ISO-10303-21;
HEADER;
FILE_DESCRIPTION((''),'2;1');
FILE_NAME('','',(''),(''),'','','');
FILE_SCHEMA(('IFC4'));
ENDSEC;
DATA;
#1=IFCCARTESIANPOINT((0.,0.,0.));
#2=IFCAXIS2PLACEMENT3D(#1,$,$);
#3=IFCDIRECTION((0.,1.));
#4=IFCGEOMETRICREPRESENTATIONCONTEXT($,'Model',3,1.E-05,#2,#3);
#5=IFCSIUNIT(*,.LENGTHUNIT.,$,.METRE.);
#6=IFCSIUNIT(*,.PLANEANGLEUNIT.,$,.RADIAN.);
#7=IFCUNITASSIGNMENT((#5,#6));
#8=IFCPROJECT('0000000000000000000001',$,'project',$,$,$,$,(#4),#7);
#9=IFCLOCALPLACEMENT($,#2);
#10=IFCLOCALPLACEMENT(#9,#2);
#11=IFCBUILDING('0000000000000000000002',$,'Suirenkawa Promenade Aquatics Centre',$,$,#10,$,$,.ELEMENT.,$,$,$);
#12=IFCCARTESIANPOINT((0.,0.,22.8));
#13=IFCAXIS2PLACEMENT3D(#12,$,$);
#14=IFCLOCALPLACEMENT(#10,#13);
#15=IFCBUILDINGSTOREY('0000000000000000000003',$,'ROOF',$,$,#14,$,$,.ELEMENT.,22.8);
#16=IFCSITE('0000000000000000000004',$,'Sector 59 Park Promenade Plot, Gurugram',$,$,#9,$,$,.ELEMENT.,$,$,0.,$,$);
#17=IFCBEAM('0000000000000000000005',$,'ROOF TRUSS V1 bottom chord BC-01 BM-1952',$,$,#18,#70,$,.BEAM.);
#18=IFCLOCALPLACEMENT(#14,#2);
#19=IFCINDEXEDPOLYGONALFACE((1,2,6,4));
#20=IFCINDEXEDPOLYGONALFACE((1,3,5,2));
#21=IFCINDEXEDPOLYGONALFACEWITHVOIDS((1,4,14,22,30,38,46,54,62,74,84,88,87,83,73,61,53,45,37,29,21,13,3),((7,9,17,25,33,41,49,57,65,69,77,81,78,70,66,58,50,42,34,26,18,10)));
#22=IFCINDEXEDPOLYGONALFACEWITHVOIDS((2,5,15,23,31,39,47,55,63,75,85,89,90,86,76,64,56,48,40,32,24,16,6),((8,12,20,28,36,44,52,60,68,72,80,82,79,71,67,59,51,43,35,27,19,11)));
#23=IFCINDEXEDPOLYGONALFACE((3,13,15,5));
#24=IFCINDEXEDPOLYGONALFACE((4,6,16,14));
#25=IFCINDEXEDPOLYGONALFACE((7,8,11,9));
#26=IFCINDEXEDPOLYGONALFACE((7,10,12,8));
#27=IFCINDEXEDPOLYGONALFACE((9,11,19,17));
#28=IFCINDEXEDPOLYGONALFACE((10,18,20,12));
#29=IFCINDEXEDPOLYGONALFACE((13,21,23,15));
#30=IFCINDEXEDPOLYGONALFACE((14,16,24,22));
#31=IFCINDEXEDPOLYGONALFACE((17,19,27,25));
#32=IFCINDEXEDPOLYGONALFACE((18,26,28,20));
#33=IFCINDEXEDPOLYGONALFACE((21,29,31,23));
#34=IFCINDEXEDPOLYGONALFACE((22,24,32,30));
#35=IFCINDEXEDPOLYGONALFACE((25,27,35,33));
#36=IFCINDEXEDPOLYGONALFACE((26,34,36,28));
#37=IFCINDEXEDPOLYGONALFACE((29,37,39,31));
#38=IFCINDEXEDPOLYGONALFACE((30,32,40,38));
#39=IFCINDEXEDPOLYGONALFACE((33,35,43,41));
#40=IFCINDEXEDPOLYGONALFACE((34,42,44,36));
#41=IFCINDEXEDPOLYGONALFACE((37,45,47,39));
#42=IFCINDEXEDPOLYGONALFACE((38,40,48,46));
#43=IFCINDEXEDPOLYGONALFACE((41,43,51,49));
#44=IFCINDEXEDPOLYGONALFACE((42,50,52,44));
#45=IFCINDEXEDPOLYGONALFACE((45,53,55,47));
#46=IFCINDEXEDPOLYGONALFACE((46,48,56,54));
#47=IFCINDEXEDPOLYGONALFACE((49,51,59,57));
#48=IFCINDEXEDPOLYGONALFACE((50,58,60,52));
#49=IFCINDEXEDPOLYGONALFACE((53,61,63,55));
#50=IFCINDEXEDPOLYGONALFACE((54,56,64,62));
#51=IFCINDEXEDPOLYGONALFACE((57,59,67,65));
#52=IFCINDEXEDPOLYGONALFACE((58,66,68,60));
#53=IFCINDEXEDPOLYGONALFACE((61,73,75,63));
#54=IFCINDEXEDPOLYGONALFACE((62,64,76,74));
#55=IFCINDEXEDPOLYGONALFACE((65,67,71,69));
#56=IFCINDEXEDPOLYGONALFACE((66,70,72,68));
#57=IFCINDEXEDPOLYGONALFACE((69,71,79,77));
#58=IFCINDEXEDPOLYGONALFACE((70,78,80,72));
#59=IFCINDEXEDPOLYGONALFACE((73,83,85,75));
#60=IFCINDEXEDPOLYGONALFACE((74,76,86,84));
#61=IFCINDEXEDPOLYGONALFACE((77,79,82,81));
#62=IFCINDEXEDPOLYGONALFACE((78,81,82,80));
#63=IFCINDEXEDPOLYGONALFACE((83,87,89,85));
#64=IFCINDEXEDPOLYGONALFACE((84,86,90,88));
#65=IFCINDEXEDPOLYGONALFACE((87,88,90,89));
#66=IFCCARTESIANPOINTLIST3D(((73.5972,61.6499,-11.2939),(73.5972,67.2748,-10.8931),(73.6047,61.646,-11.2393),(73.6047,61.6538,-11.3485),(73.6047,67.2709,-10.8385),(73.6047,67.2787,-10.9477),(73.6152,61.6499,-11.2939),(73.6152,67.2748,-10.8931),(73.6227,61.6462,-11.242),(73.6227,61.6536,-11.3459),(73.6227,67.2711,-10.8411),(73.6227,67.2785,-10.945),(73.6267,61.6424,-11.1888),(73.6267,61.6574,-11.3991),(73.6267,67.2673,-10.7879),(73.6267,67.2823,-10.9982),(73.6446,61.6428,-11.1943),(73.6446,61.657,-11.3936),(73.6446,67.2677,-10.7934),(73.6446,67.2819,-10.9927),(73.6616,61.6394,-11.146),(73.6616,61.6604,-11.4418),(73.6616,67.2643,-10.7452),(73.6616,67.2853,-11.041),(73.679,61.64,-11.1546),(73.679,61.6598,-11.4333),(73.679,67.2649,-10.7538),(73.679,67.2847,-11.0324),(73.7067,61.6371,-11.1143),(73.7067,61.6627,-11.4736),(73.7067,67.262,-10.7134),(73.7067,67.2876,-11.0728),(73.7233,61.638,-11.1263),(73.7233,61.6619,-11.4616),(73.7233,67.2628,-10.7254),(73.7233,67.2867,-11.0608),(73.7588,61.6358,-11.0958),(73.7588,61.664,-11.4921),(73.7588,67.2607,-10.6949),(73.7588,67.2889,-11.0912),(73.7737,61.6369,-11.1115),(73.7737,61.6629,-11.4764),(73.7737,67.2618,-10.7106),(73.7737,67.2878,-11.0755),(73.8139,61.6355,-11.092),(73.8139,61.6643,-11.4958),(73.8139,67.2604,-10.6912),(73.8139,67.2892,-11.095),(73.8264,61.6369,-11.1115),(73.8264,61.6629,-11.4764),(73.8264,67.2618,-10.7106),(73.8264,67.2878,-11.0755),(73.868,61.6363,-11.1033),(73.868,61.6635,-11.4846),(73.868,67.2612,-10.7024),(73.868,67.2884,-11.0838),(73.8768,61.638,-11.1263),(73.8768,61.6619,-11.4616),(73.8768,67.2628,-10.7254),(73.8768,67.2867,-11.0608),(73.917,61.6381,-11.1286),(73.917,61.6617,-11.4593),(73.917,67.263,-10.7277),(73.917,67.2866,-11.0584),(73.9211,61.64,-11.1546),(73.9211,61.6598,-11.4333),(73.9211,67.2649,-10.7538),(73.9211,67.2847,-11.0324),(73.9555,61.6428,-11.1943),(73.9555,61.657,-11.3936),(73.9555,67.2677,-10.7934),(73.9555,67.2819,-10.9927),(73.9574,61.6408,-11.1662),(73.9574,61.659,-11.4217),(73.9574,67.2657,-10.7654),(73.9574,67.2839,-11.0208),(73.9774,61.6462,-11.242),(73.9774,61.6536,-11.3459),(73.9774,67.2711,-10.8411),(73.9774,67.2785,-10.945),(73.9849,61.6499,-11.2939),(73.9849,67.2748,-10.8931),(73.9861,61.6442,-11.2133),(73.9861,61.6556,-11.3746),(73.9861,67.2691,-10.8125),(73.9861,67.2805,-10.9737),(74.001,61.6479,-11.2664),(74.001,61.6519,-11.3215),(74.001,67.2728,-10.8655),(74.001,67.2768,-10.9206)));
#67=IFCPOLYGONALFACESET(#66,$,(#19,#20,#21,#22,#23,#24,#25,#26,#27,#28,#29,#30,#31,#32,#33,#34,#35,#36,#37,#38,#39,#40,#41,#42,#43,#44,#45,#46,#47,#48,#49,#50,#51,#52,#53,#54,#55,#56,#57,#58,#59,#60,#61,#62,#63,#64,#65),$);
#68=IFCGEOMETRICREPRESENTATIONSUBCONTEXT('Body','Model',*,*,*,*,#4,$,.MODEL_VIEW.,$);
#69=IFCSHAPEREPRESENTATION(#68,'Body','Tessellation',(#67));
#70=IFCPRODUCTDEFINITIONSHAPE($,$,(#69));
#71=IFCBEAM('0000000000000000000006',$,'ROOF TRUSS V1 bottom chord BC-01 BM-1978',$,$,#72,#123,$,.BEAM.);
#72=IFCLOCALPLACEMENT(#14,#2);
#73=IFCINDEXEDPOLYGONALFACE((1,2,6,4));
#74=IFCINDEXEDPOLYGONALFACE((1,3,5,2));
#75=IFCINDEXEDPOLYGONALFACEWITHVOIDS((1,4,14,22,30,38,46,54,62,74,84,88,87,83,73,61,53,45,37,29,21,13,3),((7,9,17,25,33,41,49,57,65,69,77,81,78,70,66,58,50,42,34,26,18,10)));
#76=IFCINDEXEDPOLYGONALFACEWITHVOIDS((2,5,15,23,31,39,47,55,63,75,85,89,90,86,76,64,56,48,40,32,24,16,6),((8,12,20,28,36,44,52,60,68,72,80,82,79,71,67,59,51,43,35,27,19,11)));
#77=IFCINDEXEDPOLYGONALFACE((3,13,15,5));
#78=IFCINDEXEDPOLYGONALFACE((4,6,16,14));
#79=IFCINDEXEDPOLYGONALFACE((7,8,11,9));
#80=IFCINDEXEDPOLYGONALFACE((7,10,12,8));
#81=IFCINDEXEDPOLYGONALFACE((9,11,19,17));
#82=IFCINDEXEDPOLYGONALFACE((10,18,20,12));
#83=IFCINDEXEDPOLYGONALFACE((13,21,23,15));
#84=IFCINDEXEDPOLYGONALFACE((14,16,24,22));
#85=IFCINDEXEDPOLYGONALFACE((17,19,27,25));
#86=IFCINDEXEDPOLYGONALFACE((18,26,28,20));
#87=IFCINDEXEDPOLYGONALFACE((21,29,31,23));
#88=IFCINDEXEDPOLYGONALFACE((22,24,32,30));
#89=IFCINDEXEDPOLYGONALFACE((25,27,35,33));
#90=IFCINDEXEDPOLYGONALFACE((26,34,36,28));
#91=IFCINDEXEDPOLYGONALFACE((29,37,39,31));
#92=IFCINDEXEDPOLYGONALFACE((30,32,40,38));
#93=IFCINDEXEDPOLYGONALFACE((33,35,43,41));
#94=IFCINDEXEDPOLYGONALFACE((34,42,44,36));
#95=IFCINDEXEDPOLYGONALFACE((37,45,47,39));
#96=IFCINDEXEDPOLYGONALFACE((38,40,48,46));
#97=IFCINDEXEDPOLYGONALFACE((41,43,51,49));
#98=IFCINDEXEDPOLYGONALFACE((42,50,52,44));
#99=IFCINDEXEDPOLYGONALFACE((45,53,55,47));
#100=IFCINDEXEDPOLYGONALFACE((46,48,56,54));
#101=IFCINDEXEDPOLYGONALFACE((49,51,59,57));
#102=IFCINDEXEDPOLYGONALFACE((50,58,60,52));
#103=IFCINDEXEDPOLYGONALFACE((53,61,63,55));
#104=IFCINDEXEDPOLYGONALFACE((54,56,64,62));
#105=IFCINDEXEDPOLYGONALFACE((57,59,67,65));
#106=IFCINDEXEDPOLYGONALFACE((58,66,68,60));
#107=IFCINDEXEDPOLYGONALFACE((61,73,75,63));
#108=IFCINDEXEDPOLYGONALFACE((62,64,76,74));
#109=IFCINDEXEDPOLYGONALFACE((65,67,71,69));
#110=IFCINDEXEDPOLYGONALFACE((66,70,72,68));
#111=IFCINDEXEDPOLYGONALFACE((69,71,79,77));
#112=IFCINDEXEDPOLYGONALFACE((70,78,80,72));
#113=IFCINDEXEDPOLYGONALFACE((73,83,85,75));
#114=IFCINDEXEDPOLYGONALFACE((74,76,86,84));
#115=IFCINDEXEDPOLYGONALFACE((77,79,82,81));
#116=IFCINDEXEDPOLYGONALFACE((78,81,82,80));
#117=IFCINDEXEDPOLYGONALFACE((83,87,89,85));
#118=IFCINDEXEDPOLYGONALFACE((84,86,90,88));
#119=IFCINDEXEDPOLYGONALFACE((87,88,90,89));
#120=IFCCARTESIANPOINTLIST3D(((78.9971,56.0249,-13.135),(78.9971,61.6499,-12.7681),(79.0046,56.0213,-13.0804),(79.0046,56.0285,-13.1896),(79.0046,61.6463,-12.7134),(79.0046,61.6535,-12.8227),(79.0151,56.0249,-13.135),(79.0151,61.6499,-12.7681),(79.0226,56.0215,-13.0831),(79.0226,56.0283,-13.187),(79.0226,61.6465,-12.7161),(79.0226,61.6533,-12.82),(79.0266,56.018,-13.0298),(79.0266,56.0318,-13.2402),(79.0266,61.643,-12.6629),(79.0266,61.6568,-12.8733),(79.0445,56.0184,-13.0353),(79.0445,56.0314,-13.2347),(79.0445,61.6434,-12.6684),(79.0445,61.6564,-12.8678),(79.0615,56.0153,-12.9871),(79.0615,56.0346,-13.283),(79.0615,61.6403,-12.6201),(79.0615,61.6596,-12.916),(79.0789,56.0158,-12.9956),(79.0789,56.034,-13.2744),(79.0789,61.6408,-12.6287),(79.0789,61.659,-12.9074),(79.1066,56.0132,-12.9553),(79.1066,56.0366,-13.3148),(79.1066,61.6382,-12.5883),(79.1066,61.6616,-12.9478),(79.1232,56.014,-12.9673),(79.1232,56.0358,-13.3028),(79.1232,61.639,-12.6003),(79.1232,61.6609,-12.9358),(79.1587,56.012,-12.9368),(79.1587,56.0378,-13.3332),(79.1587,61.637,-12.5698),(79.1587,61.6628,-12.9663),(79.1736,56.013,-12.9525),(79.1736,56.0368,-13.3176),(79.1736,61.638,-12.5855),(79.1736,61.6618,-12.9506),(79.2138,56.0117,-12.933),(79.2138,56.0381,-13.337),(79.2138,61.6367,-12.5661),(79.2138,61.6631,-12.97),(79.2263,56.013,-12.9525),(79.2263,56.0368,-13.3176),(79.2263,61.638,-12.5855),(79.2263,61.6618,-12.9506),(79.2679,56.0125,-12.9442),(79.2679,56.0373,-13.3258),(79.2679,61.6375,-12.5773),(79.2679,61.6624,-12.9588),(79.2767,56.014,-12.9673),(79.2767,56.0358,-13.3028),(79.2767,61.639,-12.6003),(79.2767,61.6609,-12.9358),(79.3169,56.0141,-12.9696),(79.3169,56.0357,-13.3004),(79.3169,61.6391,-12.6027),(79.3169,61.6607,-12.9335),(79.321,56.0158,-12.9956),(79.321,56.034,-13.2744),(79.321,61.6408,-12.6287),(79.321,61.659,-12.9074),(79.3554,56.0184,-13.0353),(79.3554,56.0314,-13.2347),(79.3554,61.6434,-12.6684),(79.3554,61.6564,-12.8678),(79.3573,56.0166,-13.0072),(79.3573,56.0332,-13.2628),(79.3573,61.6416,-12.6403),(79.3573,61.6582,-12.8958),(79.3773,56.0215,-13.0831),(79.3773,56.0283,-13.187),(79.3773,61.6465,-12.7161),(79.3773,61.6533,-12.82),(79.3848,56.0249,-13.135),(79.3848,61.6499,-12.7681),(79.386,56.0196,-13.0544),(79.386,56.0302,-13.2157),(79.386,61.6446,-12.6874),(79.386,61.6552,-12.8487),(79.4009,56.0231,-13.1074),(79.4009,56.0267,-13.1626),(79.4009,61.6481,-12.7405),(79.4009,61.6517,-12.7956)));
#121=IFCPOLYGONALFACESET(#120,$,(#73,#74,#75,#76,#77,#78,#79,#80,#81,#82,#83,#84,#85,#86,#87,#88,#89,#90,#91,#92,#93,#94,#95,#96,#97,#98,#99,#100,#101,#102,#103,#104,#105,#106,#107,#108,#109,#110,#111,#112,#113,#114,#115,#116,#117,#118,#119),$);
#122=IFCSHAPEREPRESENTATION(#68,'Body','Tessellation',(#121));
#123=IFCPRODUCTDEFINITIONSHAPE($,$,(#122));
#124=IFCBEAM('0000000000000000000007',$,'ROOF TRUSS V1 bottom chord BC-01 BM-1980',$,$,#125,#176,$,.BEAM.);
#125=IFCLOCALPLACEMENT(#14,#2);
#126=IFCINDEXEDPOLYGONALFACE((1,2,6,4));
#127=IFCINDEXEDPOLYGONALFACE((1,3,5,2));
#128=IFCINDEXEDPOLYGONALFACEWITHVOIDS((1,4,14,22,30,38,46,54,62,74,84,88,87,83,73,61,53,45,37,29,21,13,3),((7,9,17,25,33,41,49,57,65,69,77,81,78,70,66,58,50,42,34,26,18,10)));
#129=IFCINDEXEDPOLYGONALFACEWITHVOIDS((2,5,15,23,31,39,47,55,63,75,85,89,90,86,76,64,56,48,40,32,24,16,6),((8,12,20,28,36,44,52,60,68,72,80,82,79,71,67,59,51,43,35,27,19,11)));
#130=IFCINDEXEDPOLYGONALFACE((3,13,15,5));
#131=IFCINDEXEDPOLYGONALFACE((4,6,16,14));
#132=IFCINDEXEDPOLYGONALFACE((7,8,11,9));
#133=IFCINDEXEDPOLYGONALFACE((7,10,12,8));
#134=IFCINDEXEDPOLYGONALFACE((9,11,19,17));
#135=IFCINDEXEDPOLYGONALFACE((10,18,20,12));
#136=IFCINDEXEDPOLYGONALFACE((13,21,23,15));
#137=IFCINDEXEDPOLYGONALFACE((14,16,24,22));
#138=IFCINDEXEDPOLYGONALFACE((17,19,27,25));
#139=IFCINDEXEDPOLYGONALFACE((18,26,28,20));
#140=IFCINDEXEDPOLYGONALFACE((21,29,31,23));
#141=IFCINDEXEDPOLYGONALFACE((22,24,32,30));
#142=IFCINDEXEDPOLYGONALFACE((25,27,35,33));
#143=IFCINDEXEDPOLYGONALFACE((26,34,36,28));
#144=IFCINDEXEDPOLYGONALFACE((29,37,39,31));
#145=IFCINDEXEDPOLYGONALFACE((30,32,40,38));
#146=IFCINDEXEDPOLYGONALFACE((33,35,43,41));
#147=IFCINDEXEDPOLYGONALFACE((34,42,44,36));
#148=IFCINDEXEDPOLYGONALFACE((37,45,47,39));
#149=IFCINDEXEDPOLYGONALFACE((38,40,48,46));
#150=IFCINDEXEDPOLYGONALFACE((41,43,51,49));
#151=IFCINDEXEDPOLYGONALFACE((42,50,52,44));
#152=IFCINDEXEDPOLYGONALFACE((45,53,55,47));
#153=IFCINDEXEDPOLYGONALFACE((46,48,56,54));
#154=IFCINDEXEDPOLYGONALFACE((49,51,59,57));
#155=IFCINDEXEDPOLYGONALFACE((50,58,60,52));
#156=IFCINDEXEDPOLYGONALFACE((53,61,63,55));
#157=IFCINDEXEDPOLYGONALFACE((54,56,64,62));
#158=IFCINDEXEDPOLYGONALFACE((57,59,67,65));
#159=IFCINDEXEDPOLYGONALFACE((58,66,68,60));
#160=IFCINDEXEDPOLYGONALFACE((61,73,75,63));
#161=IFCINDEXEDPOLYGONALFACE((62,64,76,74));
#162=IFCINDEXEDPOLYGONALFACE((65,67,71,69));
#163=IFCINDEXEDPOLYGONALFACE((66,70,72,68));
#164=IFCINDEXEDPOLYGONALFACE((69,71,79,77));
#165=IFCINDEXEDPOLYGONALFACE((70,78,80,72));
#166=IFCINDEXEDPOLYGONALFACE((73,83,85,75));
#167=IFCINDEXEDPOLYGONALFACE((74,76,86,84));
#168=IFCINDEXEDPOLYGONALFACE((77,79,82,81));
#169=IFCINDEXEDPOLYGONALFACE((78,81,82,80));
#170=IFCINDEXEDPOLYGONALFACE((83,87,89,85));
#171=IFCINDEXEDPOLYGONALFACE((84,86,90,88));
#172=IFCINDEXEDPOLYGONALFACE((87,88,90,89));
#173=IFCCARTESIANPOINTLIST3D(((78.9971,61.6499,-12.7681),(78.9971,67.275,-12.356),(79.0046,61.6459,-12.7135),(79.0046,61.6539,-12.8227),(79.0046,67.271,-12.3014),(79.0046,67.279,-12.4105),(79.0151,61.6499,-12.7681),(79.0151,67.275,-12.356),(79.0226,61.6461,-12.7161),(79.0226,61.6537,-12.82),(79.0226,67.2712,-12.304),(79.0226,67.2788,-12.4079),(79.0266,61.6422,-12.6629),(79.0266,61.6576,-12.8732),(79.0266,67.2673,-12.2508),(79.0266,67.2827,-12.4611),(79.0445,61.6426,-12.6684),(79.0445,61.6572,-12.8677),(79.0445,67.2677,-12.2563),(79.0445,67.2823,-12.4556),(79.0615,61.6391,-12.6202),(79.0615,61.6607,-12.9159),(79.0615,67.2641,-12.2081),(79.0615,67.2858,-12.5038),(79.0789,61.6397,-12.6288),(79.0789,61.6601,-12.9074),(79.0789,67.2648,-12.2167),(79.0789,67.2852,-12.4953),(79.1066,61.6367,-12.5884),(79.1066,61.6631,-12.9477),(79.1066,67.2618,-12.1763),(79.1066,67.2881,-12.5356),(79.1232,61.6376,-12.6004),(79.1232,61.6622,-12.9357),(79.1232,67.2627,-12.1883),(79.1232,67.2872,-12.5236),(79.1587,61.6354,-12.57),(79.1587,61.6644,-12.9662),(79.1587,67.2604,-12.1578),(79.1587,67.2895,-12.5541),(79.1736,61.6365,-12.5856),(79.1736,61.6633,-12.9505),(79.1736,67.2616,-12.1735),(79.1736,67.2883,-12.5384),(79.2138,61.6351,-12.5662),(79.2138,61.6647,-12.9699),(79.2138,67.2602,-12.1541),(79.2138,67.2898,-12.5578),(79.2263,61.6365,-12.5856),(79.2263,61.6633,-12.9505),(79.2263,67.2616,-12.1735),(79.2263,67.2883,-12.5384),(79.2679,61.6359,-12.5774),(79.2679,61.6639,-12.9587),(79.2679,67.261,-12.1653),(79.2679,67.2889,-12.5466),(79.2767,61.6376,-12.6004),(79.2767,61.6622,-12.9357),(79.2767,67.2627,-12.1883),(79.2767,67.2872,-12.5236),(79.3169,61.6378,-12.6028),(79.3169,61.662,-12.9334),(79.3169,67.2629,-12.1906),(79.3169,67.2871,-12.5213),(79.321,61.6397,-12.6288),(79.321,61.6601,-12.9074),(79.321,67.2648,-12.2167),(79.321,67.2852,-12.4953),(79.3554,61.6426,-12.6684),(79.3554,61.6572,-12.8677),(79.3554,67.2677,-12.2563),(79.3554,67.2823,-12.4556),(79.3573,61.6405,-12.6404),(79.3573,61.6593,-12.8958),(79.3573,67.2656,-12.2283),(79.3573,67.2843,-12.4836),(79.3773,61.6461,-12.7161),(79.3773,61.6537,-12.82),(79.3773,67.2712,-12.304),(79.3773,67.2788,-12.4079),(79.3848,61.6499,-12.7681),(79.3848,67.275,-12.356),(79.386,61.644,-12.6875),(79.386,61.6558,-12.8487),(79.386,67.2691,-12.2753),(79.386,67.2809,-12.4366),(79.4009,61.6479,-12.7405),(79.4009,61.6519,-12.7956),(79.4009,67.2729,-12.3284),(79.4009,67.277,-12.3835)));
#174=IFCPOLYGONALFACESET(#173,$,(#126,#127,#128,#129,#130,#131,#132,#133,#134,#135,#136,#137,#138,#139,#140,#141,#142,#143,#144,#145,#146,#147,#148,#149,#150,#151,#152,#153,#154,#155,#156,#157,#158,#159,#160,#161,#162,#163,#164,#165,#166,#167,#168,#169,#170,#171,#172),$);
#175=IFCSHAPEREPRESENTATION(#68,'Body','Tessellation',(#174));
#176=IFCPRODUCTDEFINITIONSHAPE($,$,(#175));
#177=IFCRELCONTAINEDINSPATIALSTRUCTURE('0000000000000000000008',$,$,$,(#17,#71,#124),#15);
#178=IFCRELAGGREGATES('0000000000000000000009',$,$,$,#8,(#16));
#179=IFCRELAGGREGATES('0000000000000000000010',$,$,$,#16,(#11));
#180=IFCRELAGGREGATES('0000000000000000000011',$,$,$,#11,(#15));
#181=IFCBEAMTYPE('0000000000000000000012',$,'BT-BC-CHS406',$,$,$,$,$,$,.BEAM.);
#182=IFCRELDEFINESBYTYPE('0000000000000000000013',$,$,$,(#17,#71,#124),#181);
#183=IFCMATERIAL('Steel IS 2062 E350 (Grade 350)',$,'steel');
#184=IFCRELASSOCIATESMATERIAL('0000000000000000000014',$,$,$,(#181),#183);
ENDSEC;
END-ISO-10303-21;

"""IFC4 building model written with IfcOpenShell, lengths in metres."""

from ifc_helpers import new_model, si_unit, direction, frame, origin, origin_2d, place, context, subcontext, project, spatial, hollow_circle, extrude, material, material_profile, profile_set, type_object, element, save


model = new_model("IFC4")

# Units and contexts
model_context = context("Model", 3, precision=1e-05, world=origin(), true_north=direction((0.0, 1.0)))
body_context = subcontext(model_context, "Body", "Model", "MODEL_VIEW")
ifc_project = project(units=[si_unit("LENGTHUNIT", "METRE"), si_unit("PLANEANGLEUNIT", "RADIAN")], contexts=[model_context])

# Site, building, storey
site_placement = place(None, origin())
site = spatial("IfcSite", under=ifc_project, at=site_placement, Name="Sector 59 Park Promenade Plot, Gurugram", CompositionType="ELEMENT", RefElevation=0.0)
building_placement = place(site_placement, origin())
building = spatial("IfcBuilding", under=site, at=building_placement, Name="Suirenkawa Promenade Aquatics Centre", CompositionType="ELEMENT")
storey_placement = place(building_placement, frame((0.0, 0.0, 22.8)))
storey = spatial("IfcBuildingStorey", under=building, at=storey_placement, Name="ROOF", CompositionType="ELEMENT", Elevation=22.8)

# Beams
ifc_material = material(Name="Steel IS 2062 E350 (Grade 350)", Category="steel")
ifc_material_profile_1 = material_profile(ifc_material, hollow_circle(Radius=0.2029, WallThickness=0.0181, at=origin_2d()), Name="CHS 406x18", Category="steel")
ifc_profile_set_1 = profile_set([ifc_material_profile_1], Name="Steel IS 2062 E350 (Grade 350)")
beam_type_1 = type_object("IfcBeamType", Name="BT-BC-CHS406", PredefinedType="BEAM", material=ifc_profile_set_1)
beam_1_placement = place(storey_placement, frame((73.8, 61.6499, -11.2939), z_axis=(0.0, 0.99747, 0.071087), x_axis=(-1.0, 0.0, 0.0)))
element("IfcBeam", 1, at=beam_1_placement, inside=storey, type_object=beam_type_1, Name="ROOF TRUSS V1 bottom chord BC-01 BM-1952", PredefinedType="BEAM", context=body_context, shape_type="SweptSolid", body=[
    extrude(hollow_circle(Radius=0.2029, WallThickness=0.0181, at=origin_2d()), origin(), (0.0, 0.0, 1.0), 5.6392),
])
beam_2_placement = place(storey_placement, frame((79.2, 56.0249, -13.135), z_axis=(0.0, 0.997879, 0.065096), x_axis=(-1.0, 0.0, 0.0)))
element("IfcBeam", 2, at=beam_2_placement, inside=storey, type_object=beam_type_1, Name="ROOF TRUSS V1 bottom chord BC-01 BM-1978", PredefinedType="BEAM", context=body_context, shape_type="SweptSolid", body=[
    extrude(hollow_circle(Radius=0.2029, WallThickness=0.0181, at=origin_2d()), origin(), (0.0, 0.0, 1.0), 5.637),
])
beam_3_placement = place(storey_placement, frame((79.2, 61.6499, -12.7681), z_axis=(0.0, 0.997327, 0.073068), x_axis=(-1.0, 0.0, 0.0)))
element("IfcBeam", 3, at=beam_3_placement, inside=storey, type_object=beam_type_1, Name="ROOF TRUSS V1 bottom chord BC-01 BM-1980", PredefinedType="BEAM", context=body_context, shape_type="SweptSolid", body=[
    extrude(hollow_circle(Radius=0.2029, WallThickness=0.0181, at=origin_2d()), origin(), (0.0, 0.0, 1.0), 5.6401),
])

save(model, "model.ifc")
